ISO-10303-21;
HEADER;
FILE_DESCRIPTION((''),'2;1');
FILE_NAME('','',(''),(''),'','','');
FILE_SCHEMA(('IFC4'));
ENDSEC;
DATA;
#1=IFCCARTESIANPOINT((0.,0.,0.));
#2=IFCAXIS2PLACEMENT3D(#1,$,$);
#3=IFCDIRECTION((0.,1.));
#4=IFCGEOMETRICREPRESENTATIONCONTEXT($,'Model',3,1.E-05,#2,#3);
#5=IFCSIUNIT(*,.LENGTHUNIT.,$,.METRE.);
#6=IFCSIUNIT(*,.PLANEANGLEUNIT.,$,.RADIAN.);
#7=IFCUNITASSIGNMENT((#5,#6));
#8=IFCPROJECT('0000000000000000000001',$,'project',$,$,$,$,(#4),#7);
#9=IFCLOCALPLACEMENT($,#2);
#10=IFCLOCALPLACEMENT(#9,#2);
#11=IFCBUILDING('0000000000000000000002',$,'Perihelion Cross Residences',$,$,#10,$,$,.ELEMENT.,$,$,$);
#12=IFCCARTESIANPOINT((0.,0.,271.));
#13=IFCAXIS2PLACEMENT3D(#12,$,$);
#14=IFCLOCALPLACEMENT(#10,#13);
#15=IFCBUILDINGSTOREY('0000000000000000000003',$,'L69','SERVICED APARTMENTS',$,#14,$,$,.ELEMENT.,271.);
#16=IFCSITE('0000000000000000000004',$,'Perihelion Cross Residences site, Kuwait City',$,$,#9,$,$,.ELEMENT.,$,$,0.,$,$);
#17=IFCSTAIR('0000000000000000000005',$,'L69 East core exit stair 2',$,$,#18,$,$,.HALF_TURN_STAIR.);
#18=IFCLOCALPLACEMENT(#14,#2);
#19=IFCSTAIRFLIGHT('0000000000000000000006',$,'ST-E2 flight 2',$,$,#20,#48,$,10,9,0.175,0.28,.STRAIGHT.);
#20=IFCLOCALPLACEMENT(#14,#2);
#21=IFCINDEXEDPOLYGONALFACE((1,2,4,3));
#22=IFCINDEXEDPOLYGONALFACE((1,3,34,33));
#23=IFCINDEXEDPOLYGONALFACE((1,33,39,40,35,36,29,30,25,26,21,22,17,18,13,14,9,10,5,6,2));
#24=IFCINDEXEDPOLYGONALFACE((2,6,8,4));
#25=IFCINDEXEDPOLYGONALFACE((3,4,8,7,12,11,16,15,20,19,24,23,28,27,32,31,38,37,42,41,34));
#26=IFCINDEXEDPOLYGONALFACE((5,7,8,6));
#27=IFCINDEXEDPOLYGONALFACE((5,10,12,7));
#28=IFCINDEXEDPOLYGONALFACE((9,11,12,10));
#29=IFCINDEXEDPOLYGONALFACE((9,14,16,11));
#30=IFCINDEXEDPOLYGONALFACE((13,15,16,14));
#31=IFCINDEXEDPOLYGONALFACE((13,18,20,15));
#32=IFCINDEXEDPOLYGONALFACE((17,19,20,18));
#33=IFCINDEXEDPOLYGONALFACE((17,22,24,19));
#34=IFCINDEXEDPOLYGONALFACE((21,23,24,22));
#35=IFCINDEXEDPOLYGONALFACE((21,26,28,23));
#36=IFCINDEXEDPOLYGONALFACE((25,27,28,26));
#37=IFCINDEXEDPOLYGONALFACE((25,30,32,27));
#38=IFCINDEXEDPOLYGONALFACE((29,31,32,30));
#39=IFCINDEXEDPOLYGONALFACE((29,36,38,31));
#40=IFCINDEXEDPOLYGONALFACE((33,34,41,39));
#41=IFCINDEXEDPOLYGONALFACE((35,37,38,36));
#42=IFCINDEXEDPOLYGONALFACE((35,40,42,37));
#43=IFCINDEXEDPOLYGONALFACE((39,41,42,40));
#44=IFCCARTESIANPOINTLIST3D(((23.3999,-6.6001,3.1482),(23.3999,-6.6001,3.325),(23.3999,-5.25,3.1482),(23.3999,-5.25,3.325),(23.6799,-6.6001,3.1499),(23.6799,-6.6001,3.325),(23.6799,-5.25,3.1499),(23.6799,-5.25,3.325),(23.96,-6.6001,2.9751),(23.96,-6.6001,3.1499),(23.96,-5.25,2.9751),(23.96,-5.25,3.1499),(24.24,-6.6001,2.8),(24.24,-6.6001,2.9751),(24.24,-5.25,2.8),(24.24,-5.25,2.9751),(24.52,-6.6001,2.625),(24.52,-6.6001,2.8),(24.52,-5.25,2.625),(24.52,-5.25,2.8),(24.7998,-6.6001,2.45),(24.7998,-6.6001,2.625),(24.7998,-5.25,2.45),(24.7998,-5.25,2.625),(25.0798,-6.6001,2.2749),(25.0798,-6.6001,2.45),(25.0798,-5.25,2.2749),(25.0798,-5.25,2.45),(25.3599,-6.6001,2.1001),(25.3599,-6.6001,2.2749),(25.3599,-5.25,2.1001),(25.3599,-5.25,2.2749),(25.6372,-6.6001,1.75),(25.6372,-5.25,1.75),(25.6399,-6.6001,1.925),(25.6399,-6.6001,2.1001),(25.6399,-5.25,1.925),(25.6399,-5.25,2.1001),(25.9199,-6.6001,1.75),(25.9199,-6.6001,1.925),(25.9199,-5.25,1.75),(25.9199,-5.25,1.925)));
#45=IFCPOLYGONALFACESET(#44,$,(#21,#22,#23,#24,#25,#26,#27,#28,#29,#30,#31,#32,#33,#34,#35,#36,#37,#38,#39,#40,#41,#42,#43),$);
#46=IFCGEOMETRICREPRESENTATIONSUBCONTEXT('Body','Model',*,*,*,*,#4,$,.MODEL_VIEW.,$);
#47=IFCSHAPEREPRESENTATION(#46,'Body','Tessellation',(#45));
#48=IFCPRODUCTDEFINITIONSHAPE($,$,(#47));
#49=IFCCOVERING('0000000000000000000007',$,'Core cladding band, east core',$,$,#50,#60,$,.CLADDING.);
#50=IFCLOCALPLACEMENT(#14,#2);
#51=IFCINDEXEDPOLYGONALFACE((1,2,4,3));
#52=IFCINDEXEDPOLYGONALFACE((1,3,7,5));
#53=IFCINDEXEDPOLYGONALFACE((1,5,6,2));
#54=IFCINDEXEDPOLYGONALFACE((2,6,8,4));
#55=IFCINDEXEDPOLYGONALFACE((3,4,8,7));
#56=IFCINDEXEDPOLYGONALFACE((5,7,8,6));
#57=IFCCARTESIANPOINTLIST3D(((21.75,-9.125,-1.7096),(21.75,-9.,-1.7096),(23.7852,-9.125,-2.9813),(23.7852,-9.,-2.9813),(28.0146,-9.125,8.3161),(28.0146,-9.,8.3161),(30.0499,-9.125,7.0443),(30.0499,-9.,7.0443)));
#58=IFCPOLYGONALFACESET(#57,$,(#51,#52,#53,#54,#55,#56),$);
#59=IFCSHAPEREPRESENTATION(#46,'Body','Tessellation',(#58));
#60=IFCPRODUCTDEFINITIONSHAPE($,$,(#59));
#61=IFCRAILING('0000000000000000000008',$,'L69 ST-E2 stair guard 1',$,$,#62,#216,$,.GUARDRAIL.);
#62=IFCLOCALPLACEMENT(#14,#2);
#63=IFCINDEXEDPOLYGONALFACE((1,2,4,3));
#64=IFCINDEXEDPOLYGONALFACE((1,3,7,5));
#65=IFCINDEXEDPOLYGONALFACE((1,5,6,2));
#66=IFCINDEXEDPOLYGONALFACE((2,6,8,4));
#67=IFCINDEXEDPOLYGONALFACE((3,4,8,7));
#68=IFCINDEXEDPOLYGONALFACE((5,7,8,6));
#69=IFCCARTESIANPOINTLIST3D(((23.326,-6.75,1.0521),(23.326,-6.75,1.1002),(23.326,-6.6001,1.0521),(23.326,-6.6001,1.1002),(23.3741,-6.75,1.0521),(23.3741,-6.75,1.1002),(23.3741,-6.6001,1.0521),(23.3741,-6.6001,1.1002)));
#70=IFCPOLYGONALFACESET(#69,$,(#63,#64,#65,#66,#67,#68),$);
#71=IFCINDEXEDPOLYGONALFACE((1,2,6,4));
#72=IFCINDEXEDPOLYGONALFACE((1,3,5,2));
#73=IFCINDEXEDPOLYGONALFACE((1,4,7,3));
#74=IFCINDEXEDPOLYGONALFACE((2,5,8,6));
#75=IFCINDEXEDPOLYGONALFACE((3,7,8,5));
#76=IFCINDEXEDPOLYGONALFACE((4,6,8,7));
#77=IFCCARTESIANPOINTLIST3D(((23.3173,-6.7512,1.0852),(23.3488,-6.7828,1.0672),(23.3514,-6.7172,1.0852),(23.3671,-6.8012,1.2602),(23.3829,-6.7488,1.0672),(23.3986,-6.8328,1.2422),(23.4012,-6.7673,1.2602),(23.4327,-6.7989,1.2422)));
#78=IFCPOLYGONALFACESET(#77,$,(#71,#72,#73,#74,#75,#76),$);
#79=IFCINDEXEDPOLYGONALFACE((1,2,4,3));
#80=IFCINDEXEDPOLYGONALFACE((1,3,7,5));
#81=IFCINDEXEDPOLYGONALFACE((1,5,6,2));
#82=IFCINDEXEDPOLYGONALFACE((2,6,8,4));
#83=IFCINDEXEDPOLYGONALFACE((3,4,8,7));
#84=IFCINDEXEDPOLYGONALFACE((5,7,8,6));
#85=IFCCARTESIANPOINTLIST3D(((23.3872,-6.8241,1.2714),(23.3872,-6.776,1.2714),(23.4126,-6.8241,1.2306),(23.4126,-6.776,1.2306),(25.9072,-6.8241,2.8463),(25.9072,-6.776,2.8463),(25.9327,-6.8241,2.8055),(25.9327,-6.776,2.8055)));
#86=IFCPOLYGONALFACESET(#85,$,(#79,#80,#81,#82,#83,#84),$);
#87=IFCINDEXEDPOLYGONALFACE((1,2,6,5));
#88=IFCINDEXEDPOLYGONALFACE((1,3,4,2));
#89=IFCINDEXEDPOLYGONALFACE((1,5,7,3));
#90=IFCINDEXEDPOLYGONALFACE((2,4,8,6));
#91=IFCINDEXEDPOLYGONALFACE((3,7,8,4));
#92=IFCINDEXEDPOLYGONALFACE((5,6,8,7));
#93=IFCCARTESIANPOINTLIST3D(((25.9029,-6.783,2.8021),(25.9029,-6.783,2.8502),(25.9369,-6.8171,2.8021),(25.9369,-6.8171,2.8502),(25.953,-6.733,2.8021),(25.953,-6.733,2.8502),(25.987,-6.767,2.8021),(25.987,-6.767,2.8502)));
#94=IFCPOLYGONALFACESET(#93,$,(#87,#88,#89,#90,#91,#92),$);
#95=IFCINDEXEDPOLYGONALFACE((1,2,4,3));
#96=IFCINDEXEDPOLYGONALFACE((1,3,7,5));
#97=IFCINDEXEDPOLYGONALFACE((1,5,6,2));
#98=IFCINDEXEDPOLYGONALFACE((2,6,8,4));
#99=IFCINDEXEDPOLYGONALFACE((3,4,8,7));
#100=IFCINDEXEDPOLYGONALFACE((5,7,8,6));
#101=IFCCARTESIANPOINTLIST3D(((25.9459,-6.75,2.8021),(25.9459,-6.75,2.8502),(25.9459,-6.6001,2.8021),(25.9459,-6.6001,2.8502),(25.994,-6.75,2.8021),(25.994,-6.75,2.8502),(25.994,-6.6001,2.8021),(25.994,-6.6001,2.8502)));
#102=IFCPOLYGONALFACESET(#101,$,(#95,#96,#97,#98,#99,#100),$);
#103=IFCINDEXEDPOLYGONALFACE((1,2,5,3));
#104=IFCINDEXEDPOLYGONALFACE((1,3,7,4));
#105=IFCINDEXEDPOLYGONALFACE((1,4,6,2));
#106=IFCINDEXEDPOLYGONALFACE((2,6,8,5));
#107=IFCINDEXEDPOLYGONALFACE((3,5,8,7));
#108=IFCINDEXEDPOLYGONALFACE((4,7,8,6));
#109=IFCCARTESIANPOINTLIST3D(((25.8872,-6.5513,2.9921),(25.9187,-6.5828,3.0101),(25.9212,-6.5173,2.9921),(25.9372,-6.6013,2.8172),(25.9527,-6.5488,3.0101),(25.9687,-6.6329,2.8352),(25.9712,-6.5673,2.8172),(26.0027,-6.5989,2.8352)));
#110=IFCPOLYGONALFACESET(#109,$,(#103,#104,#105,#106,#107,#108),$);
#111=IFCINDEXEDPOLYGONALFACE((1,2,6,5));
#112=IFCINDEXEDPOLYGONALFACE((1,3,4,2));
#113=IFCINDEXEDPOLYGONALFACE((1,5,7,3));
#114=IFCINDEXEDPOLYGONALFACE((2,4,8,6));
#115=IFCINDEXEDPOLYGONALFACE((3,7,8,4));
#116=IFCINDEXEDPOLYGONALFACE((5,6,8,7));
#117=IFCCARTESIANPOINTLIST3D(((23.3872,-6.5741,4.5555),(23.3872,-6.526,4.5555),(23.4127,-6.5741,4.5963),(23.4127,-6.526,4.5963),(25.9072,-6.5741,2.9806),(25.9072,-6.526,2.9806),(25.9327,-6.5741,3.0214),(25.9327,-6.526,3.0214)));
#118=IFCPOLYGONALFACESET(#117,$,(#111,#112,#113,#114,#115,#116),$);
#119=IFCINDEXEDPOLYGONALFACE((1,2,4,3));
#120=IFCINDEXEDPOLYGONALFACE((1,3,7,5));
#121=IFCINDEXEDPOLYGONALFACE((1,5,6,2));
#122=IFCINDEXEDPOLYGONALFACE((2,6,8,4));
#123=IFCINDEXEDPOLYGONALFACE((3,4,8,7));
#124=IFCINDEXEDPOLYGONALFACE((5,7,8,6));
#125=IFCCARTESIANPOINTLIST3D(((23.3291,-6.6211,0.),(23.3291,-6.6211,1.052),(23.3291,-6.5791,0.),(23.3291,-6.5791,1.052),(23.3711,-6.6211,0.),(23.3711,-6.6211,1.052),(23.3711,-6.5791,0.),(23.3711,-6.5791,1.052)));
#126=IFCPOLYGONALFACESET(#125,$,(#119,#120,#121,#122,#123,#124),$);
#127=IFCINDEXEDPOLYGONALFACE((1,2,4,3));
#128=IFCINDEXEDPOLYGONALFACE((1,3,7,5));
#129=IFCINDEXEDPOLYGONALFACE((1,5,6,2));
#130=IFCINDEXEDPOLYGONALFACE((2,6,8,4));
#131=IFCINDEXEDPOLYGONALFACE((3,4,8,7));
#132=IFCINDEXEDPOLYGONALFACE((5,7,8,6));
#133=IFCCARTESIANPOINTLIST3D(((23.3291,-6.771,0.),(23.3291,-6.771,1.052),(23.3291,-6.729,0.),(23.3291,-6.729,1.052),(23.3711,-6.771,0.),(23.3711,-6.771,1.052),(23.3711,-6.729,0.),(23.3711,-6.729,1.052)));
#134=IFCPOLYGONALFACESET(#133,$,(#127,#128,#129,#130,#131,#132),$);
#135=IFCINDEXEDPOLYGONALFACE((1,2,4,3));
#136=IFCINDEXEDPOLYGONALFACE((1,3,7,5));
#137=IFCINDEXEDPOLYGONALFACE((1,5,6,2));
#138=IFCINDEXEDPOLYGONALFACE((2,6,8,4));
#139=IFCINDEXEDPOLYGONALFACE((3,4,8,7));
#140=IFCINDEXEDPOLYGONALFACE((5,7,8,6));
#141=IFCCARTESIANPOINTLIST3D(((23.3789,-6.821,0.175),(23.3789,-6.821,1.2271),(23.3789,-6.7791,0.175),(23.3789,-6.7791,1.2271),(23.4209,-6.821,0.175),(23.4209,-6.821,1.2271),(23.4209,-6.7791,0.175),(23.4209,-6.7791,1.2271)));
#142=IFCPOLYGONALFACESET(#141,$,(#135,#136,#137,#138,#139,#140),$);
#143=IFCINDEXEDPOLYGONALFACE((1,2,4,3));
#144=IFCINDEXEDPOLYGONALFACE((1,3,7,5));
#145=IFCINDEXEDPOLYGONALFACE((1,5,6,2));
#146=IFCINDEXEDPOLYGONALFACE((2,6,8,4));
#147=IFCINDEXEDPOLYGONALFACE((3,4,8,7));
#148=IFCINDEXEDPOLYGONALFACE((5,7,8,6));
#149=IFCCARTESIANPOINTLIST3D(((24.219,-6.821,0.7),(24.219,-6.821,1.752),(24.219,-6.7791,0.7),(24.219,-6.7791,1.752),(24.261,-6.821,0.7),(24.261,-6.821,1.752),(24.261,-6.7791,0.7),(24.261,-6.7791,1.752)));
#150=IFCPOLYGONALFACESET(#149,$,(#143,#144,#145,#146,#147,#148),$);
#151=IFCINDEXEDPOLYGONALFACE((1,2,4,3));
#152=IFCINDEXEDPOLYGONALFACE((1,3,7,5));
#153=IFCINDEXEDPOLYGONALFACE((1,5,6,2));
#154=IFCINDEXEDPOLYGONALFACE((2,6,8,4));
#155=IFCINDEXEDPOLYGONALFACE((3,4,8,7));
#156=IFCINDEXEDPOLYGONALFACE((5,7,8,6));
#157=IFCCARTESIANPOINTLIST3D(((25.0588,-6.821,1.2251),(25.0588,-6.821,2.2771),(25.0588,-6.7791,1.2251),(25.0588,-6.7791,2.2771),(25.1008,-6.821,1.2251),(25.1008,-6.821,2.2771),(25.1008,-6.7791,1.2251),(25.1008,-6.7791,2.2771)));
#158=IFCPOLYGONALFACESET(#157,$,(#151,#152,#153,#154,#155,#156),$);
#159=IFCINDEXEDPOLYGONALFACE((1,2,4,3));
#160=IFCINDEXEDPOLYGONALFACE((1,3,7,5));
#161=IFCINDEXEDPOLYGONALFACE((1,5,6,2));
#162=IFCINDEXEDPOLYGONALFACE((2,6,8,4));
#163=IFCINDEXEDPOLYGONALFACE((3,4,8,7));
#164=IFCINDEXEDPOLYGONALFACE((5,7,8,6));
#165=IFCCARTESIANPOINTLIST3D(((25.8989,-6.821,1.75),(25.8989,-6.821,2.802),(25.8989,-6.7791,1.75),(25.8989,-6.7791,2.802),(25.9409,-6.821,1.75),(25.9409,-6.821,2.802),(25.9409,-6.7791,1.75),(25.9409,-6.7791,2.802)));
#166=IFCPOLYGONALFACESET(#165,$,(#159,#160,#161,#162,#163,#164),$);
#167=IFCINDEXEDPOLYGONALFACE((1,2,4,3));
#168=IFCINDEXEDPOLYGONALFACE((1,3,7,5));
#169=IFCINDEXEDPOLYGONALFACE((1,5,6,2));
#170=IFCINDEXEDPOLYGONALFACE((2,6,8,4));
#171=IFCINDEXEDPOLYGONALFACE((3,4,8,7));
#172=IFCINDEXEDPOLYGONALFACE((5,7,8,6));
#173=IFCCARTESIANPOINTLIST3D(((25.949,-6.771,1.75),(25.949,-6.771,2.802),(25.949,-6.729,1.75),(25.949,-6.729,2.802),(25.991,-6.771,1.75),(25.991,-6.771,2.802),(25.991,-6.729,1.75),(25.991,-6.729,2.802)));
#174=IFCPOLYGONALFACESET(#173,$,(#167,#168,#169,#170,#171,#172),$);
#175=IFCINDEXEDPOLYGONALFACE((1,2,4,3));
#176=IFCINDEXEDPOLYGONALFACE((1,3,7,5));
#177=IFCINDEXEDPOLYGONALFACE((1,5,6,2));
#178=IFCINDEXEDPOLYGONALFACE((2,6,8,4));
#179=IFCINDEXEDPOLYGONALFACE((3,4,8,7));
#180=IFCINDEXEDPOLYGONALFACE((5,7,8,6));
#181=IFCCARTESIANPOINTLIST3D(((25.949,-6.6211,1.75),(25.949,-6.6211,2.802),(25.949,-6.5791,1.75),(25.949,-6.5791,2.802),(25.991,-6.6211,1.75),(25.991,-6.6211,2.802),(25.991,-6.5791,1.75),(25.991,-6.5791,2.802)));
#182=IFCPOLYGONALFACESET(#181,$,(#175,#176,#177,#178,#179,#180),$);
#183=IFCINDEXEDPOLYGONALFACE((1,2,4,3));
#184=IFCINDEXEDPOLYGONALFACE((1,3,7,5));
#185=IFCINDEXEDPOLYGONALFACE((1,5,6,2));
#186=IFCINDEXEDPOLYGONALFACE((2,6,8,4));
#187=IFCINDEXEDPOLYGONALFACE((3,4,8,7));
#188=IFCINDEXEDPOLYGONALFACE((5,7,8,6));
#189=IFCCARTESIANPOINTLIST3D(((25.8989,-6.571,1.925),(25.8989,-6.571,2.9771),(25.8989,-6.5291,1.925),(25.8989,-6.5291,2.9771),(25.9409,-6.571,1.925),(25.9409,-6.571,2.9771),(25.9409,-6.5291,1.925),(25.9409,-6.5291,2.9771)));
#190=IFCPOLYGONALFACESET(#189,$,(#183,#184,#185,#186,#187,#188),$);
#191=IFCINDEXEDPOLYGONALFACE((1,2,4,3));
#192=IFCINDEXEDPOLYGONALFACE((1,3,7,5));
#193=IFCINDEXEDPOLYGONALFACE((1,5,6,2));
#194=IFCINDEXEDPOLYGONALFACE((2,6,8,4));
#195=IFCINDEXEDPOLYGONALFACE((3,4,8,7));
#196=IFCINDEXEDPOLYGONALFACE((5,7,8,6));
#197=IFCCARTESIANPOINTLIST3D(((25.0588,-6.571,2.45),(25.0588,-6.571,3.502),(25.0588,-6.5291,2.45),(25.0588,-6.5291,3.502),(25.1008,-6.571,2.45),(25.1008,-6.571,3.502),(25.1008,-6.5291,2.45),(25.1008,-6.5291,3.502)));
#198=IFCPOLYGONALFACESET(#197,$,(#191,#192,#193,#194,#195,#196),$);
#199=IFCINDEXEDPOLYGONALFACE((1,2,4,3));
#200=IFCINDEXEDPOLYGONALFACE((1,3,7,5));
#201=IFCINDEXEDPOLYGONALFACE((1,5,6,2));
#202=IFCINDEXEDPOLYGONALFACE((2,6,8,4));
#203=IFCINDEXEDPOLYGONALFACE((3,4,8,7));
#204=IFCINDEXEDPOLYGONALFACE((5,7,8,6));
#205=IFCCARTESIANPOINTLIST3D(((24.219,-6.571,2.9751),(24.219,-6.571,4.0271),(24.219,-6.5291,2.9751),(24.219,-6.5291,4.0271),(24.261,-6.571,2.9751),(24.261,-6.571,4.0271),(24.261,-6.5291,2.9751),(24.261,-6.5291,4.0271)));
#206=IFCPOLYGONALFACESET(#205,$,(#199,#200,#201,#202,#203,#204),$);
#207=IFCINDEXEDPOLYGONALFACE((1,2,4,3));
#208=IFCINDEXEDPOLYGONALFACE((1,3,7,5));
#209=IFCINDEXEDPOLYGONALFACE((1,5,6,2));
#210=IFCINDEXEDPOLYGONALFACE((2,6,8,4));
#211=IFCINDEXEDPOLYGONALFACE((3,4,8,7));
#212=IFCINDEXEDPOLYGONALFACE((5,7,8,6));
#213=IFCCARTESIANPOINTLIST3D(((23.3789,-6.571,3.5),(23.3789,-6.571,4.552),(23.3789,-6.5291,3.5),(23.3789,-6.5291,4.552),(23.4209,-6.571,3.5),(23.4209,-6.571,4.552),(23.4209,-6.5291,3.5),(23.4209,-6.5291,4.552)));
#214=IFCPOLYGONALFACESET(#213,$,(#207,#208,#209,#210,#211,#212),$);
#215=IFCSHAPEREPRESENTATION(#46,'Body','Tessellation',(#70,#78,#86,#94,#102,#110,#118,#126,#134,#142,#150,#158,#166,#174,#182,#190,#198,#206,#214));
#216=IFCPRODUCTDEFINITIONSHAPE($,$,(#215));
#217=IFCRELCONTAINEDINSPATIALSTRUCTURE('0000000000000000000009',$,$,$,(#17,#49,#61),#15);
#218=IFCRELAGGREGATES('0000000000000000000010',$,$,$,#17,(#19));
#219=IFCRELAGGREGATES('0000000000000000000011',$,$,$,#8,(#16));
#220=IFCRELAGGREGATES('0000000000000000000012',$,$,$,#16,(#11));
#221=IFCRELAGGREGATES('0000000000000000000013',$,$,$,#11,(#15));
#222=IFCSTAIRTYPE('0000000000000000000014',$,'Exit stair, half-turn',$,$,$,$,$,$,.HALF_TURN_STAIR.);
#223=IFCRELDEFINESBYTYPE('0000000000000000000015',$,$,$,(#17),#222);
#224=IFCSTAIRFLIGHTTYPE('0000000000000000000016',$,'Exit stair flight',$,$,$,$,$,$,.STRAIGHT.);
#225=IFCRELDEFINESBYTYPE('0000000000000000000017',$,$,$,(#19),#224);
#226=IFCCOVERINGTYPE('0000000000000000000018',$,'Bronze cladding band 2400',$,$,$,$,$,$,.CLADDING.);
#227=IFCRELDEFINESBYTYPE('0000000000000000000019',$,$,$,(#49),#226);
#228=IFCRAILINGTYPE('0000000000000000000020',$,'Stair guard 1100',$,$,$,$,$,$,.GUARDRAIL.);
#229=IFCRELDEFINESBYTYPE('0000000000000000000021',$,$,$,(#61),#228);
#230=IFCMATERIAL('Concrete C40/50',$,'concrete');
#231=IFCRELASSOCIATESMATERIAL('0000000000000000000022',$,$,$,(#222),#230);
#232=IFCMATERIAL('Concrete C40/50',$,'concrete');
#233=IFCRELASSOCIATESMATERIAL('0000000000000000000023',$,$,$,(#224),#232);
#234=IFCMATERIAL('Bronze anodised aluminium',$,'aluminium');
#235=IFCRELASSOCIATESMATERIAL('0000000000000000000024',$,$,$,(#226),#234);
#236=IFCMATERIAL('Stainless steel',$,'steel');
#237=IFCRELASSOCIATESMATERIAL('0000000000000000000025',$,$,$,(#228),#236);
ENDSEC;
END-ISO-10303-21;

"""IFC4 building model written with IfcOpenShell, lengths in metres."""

from ifc_helpers import new_model, si_unit, direction, frame, origin, origin_2d, place, context, subcontext, project, spatial, polyline, rectangle, outline, extrude, material, material_profile, profile_set, type_object, element, aggregate, save


model = new_model("IFC4")

# Units and contexts
model_context = context("Model", 3, precision=1e-05, world=origin(), true_north=direction((0.0, 1.0)))
body_context = subcontext(model_context, "Body", "Model", "MODEL_VIEW")
ifc_project = project(units=[si_unit("LENGTHUNIT", "METRE"), si_unit("PLANEANGLEUNIT", "RADIAN")], contexts=[model_context])

# Site, building, storey
site_placement = place(None, origin())
site = spatial("IfcSite", under=ifc_project, at=site_placement, Name="Perihelion Cross Residences site, Kuwait City", CompositionType="ELEMENT", RefElevation=0.0)
building_placement = place(site_placement, origin())
building = spatial("IfcBuilding", under=site, at=building_placement, Name="Perihelion Cross Residences", CompositionType="ELEMENT")
storey_placement = place(building_placement, frame((0.0, 0.0, 271.0)))
storey = spatial("IfcBuildingStorey", under=building, at=storey_placement, Name="L69", Description="SERVICED APARTMENTS", CompositionType="ELEMENT", Elevation=271.0)

# Stair, stair flight
ifc_material_1 = material(Name="Concrete C40/50", Category="concrete")
stair_type = type_object("IfcStairType", Name="Exit stair, half-turn", PredefinedType="HALF_TURN_STAIR", material=ifc_material_1)
stair_placement = place(storey_placement, origin())
stair = element("IfcStair", 1, at=stair_placement, inside=storey, type_object=stair_type, Name="L69 East core exit stair 2", PredefinedType="HALF_TURN_STAIR")
ifc_material_2 = material(Name="Concrete C40/50", Category="concrete")
stair_flight_type = type_object("IfcStairFlightType", Name="Exit stair flight", PredefinedType="STRAIGHT", material=ifc_material_2)
stair_flight_1_placement = place(storey_placement, frame((25.9199, -5.925, 1.75), z_axis=(0.0, 0.0, 1.0), x_axis=(-1.0, 0.0, 0.0)))
stair_flight_1 = element("IfcStairFlight", 2, at=stair_flight_1_placement, type_object=stair_flight_type, Name="ST-E2 flight 2", NumberOfRisers=10, NumberOfTreads=9, PredefinedType="STRAIGHT", RiserHeight=0.175, TreadLength=0.28, context=body_context, shape_type="SweptSolid", body=[
    extrude(outline(polyline([(0.0, 0.0), (0.0, 0.175), (0.28, 0.175), (0.28, 0.3501), (0.5601, 0.3501), (0.5601, 0.5249), (0.8401, 0.5249), (0.8401, 0.7), (1.1201, 0.7), (1.1201, 0.875), (1.3999, 0.875), (1.3999, 1.05), (1.6799, 1.05), (1.6799, 1.2251), (1.96, 1.2251), (1.96, 1.3999), (2.24, 1.3999), (2.24, 1.575), (2.52, 1.575), (2.52, 1.75), (2.52, 1.3982), (0.2827, 0.0), (0.0, 0.0)])), frame((0.0, 0.675, 0.0), z_axis=(0.0, -1.0, 0.0), x_axis=(1.0, 0.0, 0.0)), (0.0, 0.0, 1.0), 1.3501),
])
aggregate(stair, [stair_flight_1])

# Covering
ifc_material_3 = material(Name="Bronze anodised aluminium", Category="aluminium")
ifc_material_profile_1 = material_profile(ifc_material_3, rectangle(XDim=0.125, YDim=2.3999, at=origin_2d()), Name="Bronze cladding band 2400")
ifc_profile_set_1 = profile_set([ifc_material_profile_1], Name="Bronze anodised aluminium")
covering_type = type_object("IfcCoveringType", Name="Bronze cladding band 2400", PredefinedType="CLADDING", material=ifc_profile_set_1)
covering_placement = place(storey_placement, frame((22.7676, -9.0625, -2.3455), z_axis=(0.529915, 0.0, 0.848051), x_axis=(0.0, 1.0, 0.0)))
element("IfcCovering", 3, at=covering_placement, inside=storey, type_object=covering_type, Name="Core cladding band, east core", PredefinedType="CLADDING", context=body_context, shape_type="SweptSolid", body=[
    extrude(rectangle(XDim=0.125, YDim=2.3999, at=origin_2d()), origin(), (0.0, 0.0, 1.0), 11.822),
])

# Railing
ifc_material_4 = material(Name="Stainless steel", Category="steel")
railing_type_1 = type_object("IfcRailingType", Name="Stair guard 1100", PredefinedType="GUARDRAIL", material=ifc_material_4)
railing_1_placement = place(storey_placement, frame((23.3501, -6.6001, 0.0)))
element("IfcRailing", 4, at=railing_1_placement, inside=storey, type_object=railing_type_1, Name="L69 ST-E2 stair guard 1", PredefinedType="GUARDRAIL", context=body_context, shape_type="SweptSolid", body=[
    extrude(rectangle(XDim=0.0481, YDim=0.0481, at=origin_2d()), frame((0.0, 0.0, 1.0762), z_axis=(0.0, -1.0, 0.0), x_axis=(1.0, 0.0, 0.0)), (0.0, 0.0, 1.0), 0.1499),
    extrude(rectangle(XDim=0.0481, YDim=0.0481, at=origin_2d()), frame((0.0, -0.1499, 1.0762), z_axis=(0.263862, -0.265156, 0.927399), x_axis=(0.708834, 0.705376, 0.0)), (0.0, 0.0, 1.0), 0.1887),
    extrude(rectangle(XDim=0.0481, YDim=0.0481, at=origin_2d()), frame((0.0498, -0.2, 1.251), z_axis=(0.848008, 0.0, 0.529984), x_axis=(0.0, 1.0, 0.0)), (0.0, 0.0, 1.0), 2.9717),
    extrude(rectangle(XDim=0.0481, YDim=0.0481, at=origin_2d()), frame((2.5698, -0.2, 2.8262), z_axis=(0.707107, 0.707107, 0.0), x_axis=(-0.707107, 0.707107, 0.0)), (0.0, 0.0, 1.0), 0.0708),
    extrude(rectangle(XDim=0.0481, YDim=0.0481, at=origin_2d()), frame((2.6199, -0.1499, 2.8262), z_axis=(0.0, 1.0, 0.0), x_axis=(-1.0, 0.0, 0.0)), (0.0, 0.0, 1.0), 0.1499),
    extrude(rectangle(XDim=0.0481, YDim=0.0481, at=origin_2d()), frame((2.6199, 0.0, 2.8262), z_axis=(-0.265065, 0.265065, 0.927082), x_axis=(-0.707107, -0.707107, 0.0)), (0.0, 0.0, 1.0), 0.1887),
    extrude(rectangle(XDim=0.0481, YDim=0.0481, at=origin_2d()), frame((2.5698, 0.05, 3.001), z_axis=(-0.848008, 0.0, 0.529984), x_axis=(0.0, -1.0, 0.0)), (0.0, 0.0, 1.0), 2.9717),
    extrude(rectangle(XDim=0.042, YDim=0.042, at=origin_2d()), origin(), (0.0, 0.0, 1.0), 1.052),
    extrude(rectangle(XDim=0.042, YDim=0.042, at=origin_2d()), frame((0.0, -0.1499, 0.0)), (0.0, 0.0, 1.0), 1.052),
    extrude(rectangle(XDim=0.042, YDim=0.042, at=origin_2d()), frame((0.0498, -0.2, 0.175)), (0.0, 0.0, 1.0), 1.052),
    extrude(rectangle(XDim=0.042, YDim=0.042, at=origin_2d()), frame((0.8899, -0.2, 0.7)), (0.0, 0.0, 1.0), 1.052),
    extrude(rectangle(XDim=0.042, YDim=0.042, at=origin_2d()), frame((1.7297, -0.2, 1.2251)), (0.0, 0.0, 1.0), 1.052),
    extrude(rectangle(XDim=0.042, YDim=0.042, at=origin_2d()), frame((2.5698, -0.2, 1.75)), (0.0, 0.0, 1.0), 1.052),
    extrude(rectangle(XDim=0.042, YDim=0.042, at=origin_2d()), frame((2.6199, -0.1499, 1.75)), (0.0, 0.0, 1.0), 1.052),
    extrude(rectangle(XDim=0.042, YDim=0.042, at=origin_2d()), frame((2.6199, 0.0, 1.75)), (0.0, 0.0, 1.0), 1.052),
    extrude(rectangle(XDim=0.042, YDim=0.042, at=origin_2d()), frame((2.5698, 0.05, 1.925)), (0.0, 0.0, 1.0), 1.052),
    extrude(rectangle(XDim=0.042, YDim=0.042, at=origin_2d()), frame((1.7297, 0.05, 2.45)), (0.0, 0.0, 1.0), 1.052),
    extrude(rectangle(XDim=0.042, YDim=0.042, at=origin_2d()), frame((0.8899, 0.05, 2.9751)), (0.0, 0.0, 1.0), 1.052),
    extrude(rectangle(XDim=0.042, YDim=0.042, at=origin_2d()), frame((0.0498, 0.05, 3.5)), (0.0, 0.0, 1.0), 1.052),
])

save(model, "model.ifc")
